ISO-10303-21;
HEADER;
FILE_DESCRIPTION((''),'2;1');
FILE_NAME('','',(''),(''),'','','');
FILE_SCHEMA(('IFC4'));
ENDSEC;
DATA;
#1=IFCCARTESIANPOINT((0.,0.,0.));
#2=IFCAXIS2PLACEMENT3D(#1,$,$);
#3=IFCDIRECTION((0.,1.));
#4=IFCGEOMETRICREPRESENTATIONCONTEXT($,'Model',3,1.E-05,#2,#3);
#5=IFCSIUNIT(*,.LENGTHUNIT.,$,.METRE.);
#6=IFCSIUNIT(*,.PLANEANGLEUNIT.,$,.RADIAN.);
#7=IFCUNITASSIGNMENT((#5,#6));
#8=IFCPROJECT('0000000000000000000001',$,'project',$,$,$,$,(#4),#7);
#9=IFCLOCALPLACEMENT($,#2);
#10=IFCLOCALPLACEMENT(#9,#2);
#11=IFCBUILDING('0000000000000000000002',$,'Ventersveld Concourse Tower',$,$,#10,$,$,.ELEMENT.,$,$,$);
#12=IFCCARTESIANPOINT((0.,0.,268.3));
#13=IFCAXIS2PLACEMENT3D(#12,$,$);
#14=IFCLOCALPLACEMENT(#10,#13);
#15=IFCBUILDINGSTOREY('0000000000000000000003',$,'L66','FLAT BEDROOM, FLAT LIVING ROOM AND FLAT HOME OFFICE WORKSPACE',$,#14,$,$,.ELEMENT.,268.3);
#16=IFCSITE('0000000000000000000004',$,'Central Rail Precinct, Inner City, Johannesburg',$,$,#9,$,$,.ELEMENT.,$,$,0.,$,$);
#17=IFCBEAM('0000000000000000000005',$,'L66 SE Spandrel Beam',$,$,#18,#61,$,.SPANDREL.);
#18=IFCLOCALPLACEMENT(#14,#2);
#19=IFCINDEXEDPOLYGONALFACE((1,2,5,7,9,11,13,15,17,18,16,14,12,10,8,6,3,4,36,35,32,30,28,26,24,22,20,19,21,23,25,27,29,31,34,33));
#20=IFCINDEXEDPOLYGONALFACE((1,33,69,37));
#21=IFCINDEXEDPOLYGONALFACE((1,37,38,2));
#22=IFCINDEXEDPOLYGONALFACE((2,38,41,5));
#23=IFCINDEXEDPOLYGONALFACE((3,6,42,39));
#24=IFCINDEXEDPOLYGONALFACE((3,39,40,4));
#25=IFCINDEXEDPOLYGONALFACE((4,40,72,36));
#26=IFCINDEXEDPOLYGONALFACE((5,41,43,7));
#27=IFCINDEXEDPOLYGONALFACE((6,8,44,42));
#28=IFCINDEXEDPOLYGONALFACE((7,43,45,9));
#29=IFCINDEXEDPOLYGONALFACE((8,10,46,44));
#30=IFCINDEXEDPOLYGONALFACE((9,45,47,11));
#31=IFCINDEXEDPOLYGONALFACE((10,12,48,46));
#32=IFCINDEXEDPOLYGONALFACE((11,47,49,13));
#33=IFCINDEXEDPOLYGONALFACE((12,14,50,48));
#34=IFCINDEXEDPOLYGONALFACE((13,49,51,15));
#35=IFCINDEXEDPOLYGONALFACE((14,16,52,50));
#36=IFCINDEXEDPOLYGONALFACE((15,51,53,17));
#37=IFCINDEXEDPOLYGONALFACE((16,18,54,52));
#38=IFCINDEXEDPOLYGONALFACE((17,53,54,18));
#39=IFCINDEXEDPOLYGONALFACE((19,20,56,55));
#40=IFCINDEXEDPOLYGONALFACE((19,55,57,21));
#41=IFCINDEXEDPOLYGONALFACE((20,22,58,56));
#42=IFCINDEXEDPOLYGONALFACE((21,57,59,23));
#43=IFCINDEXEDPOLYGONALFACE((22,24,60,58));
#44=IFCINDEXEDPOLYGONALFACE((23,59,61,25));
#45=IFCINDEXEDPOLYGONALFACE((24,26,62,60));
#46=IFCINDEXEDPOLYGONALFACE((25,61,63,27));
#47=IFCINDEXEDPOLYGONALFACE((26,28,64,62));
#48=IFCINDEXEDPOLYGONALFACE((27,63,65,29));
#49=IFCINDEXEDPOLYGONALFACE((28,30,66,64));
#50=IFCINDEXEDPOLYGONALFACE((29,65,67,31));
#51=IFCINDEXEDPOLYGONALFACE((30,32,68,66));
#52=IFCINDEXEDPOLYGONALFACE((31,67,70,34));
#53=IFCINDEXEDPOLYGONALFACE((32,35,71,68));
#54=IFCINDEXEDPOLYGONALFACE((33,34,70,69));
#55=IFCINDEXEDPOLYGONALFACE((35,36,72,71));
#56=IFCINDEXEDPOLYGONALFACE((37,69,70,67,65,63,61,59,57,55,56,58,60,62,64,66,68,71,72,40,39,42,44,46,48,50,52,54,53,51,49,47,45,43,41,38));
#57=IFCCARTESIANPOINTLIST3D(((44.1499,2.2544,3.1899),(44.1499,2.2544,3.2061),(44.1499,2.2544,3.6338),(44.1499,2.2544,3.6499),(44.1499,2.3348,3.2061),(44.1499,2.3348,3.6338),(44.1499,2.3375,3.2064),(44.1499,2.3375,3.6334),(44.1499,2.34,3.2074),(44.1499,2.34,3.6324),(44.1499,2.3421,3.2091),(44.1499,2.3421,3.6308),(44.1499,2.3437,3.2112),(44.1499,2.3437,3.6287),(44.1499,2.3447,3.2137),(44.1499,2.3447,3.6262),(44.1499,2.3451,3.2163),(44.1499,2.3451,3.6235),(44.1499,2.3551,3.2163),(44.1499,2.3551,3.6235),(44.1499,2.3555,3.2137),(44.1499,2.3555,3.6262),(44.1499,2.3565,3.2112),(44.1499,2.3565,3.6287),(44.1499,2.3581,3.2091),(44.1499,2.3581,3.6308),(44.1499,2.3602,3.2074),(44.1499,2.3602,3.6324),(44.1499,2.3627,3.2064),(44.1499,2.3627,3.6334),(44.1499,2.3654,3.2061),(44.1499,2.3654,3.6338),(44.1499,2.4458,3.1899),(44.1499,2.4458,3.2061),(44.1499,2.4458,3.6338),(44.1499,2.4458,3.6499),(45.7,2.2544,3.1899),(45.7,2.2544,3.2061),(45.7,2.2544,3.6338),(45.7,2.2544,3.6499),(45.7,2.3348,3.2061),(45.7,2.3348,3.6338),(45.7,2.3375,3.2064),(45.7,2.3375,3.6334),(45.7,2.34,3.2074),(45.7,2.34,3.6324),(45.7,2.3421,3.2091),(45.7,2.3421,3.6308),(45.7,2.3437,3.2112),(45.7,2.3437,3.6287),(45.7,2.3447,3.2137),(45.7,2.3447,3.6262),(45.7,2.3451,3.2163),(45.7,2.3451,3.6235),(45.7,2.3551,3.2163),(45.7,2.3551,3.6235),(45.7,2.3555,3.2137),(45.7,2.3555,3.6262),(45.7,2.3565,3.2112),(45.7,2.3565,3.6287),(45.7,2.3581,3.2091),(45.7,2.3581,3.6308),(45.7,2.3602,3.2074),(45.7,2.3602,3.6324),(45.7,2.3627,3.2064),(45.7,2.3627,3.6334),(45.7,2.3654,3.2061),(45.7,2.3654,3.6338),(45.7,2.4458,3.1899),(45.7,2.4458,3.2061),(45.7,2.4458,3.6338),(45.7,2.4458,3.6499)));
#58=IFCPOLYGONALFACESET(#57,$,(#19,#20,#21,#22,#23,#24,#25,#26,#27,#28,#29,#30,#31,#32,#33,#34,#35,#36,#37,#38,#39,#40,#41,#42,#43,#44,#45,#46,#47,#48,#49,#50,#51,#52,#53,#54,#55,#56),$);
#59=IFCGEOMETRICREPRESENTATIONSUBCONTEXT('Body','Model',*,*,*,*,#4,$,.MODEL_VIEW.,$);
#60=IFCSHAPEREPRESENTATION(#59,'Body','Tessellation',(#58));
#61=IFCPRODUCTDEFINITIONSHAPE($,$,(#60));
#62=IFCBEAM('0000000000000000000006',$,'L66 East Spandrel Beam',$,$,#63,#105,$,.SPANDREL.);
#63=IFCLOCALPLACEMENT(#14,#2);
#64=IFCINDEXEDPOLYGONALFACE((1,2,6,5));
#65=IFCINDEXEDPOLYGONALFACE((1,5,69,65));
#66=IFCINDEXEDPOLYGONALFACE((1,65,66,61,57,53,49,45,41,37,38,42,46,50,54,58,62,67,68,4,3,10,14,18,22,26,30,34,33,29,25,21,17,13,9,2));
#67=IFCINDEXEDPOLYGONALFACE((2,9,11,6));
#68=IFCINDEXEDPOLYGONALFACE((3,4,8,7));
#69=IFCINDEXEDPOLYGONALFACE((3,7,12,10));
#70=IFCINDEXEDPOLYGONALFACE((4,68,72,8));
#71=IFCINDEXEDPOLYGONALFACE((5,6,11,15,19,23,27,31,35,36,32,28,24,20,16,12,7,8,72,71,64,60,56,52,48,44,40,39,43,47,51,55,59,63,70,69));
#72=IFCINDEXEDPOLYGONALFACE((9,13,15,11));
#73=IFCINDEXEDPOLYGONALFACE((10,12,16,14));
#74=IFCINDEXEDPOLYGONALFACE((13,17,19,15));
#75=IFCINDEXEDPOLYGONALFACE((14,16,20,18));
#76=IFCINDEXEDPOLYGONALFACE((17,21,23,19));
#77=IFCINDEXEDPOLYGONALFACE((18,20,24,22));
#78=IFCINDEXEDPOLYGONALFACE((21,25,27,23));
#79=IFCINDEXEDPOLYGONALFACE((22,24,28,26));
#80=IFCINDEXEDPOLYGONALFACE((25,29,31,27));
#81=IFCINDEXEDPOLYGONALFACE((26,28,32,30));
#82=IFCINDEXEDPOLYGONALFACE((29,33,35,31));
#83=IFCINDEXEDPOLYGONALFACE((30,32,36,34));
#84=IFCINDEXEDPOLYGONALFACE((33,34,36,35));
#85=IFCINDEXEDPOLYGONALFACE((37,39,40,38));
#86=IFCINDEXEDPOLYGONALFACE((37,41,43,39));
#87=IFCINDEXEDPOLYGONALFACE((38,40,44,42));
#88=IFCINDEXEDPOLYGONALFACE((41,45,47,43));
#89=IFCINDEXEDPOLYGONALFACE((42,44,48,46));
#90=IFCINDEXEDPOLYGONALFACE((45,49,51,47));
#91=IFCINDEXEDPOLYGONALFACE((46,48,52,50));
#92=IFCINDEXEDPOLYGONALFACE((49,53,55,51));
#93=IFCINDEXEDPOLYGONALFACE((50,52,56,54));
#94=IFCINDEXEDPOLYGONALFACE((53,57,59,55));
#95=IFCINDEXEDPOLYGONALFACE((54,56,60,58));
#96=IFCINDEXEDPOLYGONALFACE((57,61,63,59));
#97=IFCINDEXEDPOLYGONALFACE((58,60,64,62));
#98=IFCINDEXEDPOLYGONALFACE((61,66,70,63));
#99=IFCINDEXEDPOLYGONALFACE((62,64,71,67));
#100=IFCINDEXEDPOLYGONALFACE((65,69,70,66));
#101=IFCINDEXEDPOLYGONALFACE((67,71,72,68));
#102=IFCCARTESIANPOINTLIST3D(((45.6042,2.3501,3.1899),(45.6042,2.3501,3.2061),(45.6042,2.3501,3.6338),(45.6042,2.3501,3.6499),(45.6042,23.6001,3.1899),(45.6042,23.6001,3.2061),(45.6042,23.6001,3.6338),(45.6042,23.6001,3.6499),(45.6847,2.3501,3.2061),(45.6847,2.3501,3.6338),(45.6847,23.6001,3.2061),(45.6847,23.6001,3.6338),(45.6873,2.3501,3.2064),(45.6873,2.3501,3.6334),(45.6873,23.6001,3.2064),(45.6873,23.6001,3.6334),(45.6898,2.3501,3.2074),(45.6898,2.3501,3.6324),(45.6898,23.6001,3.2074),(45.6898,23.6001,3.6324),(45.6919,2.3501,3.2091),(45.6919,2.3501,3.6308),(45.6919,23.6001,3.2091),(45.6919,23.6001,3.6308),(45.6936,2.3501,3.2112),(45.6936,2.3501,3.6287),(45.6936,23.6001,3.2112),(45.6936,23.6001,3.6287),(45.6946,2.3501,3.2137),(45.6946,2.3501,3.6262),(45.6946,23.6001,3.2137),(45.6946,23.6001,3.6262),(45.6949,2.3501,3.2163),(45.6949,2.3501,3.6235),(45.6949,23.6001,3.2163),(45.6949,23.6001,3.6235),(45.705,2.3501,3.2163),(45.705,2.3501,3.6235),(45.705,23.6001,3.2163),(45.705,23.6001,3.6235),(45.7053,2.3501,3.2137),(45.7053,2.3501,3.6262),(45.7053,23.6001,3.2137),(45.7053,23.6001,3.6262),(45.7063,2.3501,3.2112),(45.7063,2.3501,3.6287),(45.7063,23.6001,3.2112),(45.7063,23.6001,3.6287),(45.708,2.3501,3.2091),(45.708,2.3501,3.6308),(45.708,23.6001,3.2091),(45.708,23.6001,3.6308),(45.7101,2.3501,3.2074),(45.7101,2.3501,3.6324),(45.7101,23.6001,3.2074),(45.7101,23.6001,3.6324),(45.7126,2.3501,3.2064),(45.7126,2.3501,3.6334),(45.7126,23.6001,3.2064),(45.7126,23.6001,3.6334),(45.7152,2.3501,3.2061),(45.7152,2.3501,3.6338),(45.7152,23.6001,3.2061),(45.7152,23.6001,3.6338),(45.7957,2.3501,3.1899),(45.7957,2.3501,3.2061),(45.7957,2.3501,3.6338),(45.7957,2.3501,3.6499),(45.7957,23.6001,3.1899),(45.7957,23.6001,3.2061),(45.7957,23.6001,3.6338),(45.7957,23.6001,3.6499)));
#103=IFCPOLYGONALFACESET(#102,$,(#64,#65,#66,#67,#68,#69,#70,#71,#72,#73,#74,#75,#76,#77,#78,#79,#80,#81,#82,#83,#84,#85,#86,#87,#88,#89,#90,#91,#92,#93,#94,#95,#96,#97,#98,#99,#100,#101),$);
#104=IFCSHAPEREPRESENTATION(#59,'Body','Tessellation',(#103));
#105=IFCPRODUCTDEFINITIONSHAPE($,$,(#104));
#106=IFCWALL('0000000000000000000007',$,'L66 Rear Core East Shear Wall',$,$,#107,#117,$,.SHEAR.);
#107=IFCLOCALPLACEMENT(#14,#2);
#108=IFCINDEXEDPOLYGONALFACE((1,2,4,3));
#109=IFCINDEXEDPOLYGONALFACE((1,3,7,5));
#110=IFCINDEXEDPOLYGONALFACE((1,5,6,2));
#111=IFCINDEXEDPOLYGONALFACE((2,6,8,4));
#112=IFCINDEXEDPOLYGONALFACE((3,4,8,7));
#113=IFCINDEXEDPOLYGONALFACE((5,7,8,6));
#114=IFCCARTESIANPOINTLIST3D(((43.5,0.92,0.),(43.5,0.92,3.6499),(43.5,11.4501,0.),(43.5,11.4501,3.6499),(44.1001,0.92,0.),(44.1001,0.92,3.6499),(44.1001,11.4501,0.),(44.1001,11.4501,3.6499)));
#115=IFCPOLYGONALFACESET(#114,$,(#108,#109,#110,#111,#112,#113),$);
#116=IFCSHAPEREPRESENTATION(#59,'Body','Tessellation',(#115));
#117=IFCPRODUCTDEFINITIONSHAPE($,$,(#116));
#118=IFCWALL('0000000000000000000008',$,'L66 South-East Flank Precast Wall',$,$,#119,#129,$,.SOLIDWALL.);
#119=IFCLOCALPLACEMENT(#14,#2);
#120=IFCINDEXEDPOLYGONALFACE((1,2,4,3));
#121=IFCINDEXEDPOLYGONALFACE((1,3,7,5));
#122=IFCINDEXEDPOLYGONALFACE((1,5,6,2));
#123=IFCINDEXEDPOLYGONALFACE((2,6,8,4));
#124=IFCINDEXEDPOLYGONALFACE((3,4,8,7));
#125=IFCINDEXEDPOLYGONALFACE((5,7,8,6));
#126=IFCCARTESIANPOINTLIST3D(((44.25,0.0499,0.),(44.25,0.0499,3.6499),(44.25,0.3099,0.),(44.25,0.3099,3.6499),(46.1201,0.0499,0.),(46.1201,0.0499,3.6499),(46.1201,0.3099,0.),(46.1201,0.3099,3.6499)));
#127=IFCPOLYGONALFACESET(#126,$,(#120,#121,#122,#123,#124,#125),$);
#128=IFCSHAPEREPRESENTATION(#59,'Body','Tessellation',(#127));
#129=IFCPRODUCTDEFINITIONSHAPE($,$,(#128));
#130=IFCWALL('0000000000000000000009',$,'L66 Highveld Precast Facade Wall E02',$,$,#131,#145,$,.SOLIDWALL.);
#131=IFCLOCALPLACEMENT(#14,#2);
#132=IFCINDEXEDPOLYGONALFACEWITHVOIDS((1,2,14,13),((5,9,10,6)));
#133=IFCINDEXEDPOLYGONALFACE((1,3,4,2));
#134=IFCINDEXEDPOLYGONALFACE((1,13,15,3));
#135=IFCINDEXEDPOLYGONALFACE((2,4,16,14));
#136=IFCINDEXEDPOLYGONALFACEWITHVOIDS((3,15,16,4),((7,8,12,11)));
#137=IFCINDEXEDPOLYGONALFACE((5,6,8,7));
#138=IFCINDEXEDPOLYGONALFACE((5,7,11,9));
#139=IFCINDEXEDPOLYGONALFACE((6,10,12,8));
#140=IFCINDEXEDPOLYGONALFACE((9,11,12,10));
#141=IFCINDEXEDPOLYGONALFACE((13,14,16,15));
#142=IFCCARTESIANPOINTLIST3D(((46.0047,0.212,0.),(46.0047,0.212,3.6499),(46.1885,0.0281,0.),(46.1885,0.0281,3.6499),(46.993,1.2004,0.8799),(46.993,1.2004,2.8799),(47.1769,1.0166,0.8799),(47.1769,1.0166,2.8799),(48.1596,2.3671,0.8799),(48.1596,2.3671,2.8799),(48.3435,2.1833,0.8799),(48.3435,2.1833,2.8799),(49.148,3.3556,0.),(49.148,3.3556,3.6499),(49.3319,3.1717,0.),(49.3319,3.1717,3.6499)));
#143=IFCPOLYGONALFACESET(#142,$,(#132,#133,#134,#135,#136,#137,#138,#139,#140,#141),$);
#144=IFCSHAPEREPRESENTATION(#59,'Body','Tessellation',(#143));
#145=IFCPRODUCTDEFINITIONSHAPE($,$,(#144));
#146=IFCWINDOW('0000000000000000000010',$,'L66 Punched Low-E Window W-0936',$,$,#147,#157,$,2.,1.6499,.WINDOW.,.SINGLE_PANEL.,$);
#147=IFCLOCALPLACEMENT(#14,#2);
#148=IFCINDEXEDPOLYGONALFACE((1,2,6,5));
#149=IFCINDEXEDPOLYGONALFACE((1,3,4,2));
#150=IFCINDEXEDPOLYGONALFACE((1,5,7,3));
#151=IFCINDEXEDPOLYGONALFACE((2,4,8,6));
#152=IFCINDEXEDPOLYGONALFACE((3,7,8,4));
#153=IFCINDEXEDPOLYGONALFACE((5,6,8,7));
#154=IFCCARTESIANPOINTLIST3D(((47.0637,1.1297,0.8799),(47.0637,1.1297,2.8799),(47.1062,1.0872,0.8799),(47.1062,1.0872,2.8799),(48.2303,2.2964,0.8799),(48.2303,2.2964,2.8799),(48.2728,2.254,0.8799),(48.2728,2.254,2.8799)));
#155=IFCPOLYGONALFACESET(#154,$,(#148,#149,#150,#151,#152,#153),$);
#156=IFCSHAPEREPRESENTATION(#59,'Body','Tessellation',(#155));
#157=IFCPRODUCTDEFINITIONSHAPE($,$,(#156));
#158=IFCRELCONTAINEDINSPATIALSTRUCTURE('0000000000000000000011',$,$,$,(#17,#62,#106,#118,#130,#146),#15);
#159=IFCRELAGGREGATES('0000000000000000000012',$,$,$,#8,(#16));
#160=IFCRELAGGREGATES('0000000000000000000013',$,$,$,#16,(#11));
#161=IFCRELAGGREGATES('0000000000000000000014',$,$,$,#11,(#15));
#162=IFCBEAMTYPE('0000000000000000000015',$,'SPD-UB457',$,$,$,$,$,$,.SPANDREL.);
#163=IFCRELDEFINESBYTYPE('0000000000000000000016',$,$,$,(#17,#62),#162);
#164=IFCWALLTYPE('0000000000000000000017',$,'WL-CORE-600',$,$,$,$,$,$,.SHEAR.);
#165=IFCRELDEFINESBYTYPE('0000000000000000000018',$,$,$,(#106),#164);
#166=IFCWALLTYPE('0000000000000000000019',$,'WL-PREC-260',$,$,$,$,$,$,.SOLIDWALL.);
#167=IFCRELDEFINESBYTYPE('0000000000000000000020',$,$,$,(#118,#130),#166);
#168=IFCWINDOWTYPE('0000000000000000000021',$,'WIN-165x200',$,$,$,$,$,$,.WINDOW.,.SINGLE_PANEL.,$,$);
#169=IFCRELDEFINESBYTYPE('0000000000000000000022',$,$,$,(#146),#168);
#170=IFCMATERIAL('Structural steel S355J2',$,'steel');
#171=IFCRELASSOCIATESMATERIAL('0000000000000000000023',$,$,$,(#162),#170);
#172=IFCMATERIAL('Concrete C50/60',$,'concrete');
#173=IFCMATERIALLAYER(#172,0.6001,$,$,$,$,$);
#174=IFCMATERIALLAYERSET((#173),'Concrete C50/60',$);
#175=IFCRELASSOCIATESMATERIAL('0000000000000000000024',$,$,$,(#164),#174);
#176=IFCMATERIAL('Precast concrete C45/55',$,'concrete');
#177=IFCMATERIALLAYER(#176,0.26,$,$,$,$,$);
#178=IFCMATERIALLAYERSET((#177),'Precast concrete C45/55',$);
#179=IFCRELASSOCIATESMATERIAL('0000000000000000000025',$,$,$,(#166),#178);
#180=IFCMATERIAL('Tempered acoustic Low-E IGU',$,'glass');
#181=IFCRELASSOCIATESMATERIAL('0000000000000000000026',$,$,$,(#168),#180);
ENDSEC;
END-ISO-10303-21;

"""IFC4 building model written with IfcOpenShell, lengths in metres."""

from ifc_helpers import new_model, si_unit, direction, frame, frame_2d, origin, origin_2d, place, context, subcontext, project, spatial, rectangle, i_section, extrude, material, layer, layer_set, material_profile, profile_set, type_object, element, fill, save


model = new_model("IFC4")

# Units and contexts
model_context = context("Model", 3, precision=1e-05, world=origin(), true_north=direction((0.0, 1.0)))
body_context = subcontext(model_context, "Body", "Model", "MODEL_VIEW")
ifc_project = project(units=[si_unit("LENGTHUNIT", "METRE"), si_unit("PLANEANGLEUNIT", "RADIAN")], contexts=[model_context])

# Site, building, storey
site_placement = place(None, origin())
site = spatial("IfcSite", under=ifc_project, at=site_placement, Name="Central Rail Precinct, Inner City, Johannesburg", CompositionType="ELEMENT", RefElevation=0.0)
building_placement = place(site_placement, origin())
building = spatial("IfcBuilding", under=site, at=building_placement, Name="Ventersveld Concourse Tower", CompositionType="ELEMENT")
storey_placement = place(building_placement, frame((0.0, 0.0, 268.3)))
storey = spatial("IfcBuildingStorey", under=building, at=storey_placement, Name="L66", Description="FLAT BEDROOM, FLAT LIVING ROOM AND FLAT HOME OFFICE WORKSPACE", CompositionType="ELEMENT", Elevation=268.3)

# Shared definitions
ifc_material_1 = material(Name="Concrete C50/60", Category="concrete")

# Shared definitions
ifc_material_2 = material(Name="Structural steel S355J2", Category="steel")

# Beams
ifc_material_profile_1 = material_profile(ifc_material_2, i_section(OverallWidth=0.1914, OverallDepth=0.46, WebThickness=0.01, FlangeThickness=0.0161, FilletRadius=0.0103, at=origin_2d()), Name="UB 457x191x82")
ifc_profile_set_1 = profile_set([ifc_material_profile_1], Name="Structural steel S355J2")
beam_type_1 = type_object("IfcBeamType", Name="SPD-UB457", PredefinedType="SPANDREL", material=ifc_profile_set_1)
beam_1_placement = place(storey_placement, frame((44.1499, 2.3501, 3.4199), z_axis=(1.0, 0.0, 0.0), x_axis=(0.0, 1.0, 0.0)))
element("IfcBeam", 1, at=beam_1_placement, inside=storey, type_object=beam_type_1, Name="L66 SE Spandrel Beam", PredefinedType="SPANDREL", context=body_context, shape_type="SweptSolid", body=[
    extrude(i_section(OverallWidth=0.1914, OverallDepth=0.46, WebThickness=0.01, FlangeThickness=0.0161, FilletRadius=0.0103, at=origin_2d()), origin(), (0.0, 0.0, 1.0), 1.55),
])
beam_2_placement = place(storey_placement, frame((45.7, 2.3501, 3.4199), z_axis=(0.0, 1.0, 0.0), x_axis=(-1.0, 0.0, 0.0)))
element("IfcBeam", 2, at=beam_2_placement, inside=storey, type_object=beam_type_1, Name="L66 East Spandrel Beam", PredefinedType="SPANDREL", context=body_context, shape_type="SweptSolid", body=[
    extrude(i_section(OverallWidth=0.1914, OverallDepth=0.46, WebThickness=0.01, FlangeThickness=0.0161, FilletRadius=0.0103, at=origin_2d()), origin(), (0.0, 0.0, 1.0), 21.25),
])

# Walls
ifc_layer_1 = layer(ifc_material_1, 0.6001)
ifc_layer_set_1 = layer_set([ifc_layer_1], Name="Concrete C50/60")
wall_type_1 = type_object("IfcWallType", Name="WL-CORE-600", PredefinedType="SHEAR", material=ifc_layer_set_1)
wall_1_placement = place(storey_placement, frame((43.8, 0.9199, 0.0), z_axis=(0.0, 0.0, 1.0), x_axis=(0.0, 1.0, 0.0)))
element("IfcWall", 3, at=wall_1_placement, inside=storey, type_object=wall_type_1, Name="L66 Rear Core East Shear Wall", PredefinedType="SHEAR", context=body_context, shape_type="SweptSolid", body=[
    extrude(rectangle(XDim=10.53, YDim=0.6001, at=frame_2d((5.2651, 0.0))), origin(), (0.0, 0.0, 1.0), 3.6499),
])
ifc_material_3 = material(Name="Precast concrete C45/55", Category="concrete")
ifc_layer_2 = layer(ifc_material_3, 0.26)
ifc_layer_set_2 = layer_set([ifc_layer_2], Name="Precast concrete C45/55")
wall_type_2 = type_object("IfcWallType", Name="WL-PREC-260", PredefinedType="SOLIDWALL", material=ifc_layer_set_2)
wall_2_placement = place(storey_placement, frame((44.25, 0.1799, 0.0), z_axis=(0.0, 0.0, 1.0), x_axis=(1.0, 0.0, 0.0)))
element("IfcWall", 4, at=wall_2_placement, inside=storey, type_object=wall_type_2, Name="L66 South-East Flank Precast Wall", PredefinedType="SOLIDWALL", context=body_context, shape_type="SweptSolid", body=[
    extrude(rectangle(XDim=1.8701, YDim=0.26, at=frame_2d((0.9351, 0.0))), origin(), (0.0, 0.0, 1.0), 3.6499),
])

# Wall, opening, window
wall_3_placement = place(storey_placement, frame((46.0967, 0.1201, 0.0), z_axis=(0.0, 0.0, 1.0), x_axis=(0.707079, 0.707134, 0.0)))
wall_3 = element("IfcWall", 5, at=wall_3_placement, inside=storey, type_object=wall_type_2, Name="L66 Highveld Precast Facade Wall E02", PredefinedType="SOLIDWALL", context=body_context, shape_type="SweptSolid", body=[
    extrude(rectangle(XDim=4.4456, YDim=0.26, at=frame_2d((2.2227, 0.0))), origin(), (0.0, 0.0, 1.0), 3.6499),
])
opening_1_placement = place(wall_3_placement, frame((1.3977, 0.0, 0.8799)))
opening_1 = element("IfcOpeningElement", 6, at=opening_1_placement, cuts=wall_3, PredefinedType="OPENING", context=body_context, shape_type="SweptSolid", body=[
    extrude(rectangle(XDim=1.6499, YDim=2.0, at=frame_2d((0.825, 1.0))), frame((0.0, 0.1401, 0.0), z_axis=(0.0, -1.0, 0.0), x_axis=(1.0, 0.0, 0.0)), (0.0, 0.0, 1.0), 0.28),
])
ifc_material_4 = material(Name="Tempered acoustic Low-E IGU", Category="glass")
window_type_1 = type_object("IfcWindowType", Name="WIN-165x200", PartitioningType="SINGLE_PANEL", PredefinedType="WINDOW", material=ifc_material_4)
window_1_placement = place(opening_1_placement, origin())
window_1 = element("IfcWindow", 7, at=window_1_placement, inside=storey, type_object=window_type_1, Name="L66 Punched Low-E Window W-0936", OverallHeight=2.0, OverallWidth=1.6499, PartitioningType="SINGLE_PANEL", PredefinedType="WINDOW", context=body_context, shape_type="SweptSolid", body=[
    extrude(rectangle(XDim=1.6499, YDim=2.0, at=frame_2d((0.825, 1.0))), frame((0.0, 0.03, 0.0), z_axis=(0.0, -1.0, 0.0), x_axis=(1.0, 0.0, 0.0)), (0.0, 0.0, 1.0), 0.0601),
])
fill(opening_1, window_1)

save(model, "model.ifc")
